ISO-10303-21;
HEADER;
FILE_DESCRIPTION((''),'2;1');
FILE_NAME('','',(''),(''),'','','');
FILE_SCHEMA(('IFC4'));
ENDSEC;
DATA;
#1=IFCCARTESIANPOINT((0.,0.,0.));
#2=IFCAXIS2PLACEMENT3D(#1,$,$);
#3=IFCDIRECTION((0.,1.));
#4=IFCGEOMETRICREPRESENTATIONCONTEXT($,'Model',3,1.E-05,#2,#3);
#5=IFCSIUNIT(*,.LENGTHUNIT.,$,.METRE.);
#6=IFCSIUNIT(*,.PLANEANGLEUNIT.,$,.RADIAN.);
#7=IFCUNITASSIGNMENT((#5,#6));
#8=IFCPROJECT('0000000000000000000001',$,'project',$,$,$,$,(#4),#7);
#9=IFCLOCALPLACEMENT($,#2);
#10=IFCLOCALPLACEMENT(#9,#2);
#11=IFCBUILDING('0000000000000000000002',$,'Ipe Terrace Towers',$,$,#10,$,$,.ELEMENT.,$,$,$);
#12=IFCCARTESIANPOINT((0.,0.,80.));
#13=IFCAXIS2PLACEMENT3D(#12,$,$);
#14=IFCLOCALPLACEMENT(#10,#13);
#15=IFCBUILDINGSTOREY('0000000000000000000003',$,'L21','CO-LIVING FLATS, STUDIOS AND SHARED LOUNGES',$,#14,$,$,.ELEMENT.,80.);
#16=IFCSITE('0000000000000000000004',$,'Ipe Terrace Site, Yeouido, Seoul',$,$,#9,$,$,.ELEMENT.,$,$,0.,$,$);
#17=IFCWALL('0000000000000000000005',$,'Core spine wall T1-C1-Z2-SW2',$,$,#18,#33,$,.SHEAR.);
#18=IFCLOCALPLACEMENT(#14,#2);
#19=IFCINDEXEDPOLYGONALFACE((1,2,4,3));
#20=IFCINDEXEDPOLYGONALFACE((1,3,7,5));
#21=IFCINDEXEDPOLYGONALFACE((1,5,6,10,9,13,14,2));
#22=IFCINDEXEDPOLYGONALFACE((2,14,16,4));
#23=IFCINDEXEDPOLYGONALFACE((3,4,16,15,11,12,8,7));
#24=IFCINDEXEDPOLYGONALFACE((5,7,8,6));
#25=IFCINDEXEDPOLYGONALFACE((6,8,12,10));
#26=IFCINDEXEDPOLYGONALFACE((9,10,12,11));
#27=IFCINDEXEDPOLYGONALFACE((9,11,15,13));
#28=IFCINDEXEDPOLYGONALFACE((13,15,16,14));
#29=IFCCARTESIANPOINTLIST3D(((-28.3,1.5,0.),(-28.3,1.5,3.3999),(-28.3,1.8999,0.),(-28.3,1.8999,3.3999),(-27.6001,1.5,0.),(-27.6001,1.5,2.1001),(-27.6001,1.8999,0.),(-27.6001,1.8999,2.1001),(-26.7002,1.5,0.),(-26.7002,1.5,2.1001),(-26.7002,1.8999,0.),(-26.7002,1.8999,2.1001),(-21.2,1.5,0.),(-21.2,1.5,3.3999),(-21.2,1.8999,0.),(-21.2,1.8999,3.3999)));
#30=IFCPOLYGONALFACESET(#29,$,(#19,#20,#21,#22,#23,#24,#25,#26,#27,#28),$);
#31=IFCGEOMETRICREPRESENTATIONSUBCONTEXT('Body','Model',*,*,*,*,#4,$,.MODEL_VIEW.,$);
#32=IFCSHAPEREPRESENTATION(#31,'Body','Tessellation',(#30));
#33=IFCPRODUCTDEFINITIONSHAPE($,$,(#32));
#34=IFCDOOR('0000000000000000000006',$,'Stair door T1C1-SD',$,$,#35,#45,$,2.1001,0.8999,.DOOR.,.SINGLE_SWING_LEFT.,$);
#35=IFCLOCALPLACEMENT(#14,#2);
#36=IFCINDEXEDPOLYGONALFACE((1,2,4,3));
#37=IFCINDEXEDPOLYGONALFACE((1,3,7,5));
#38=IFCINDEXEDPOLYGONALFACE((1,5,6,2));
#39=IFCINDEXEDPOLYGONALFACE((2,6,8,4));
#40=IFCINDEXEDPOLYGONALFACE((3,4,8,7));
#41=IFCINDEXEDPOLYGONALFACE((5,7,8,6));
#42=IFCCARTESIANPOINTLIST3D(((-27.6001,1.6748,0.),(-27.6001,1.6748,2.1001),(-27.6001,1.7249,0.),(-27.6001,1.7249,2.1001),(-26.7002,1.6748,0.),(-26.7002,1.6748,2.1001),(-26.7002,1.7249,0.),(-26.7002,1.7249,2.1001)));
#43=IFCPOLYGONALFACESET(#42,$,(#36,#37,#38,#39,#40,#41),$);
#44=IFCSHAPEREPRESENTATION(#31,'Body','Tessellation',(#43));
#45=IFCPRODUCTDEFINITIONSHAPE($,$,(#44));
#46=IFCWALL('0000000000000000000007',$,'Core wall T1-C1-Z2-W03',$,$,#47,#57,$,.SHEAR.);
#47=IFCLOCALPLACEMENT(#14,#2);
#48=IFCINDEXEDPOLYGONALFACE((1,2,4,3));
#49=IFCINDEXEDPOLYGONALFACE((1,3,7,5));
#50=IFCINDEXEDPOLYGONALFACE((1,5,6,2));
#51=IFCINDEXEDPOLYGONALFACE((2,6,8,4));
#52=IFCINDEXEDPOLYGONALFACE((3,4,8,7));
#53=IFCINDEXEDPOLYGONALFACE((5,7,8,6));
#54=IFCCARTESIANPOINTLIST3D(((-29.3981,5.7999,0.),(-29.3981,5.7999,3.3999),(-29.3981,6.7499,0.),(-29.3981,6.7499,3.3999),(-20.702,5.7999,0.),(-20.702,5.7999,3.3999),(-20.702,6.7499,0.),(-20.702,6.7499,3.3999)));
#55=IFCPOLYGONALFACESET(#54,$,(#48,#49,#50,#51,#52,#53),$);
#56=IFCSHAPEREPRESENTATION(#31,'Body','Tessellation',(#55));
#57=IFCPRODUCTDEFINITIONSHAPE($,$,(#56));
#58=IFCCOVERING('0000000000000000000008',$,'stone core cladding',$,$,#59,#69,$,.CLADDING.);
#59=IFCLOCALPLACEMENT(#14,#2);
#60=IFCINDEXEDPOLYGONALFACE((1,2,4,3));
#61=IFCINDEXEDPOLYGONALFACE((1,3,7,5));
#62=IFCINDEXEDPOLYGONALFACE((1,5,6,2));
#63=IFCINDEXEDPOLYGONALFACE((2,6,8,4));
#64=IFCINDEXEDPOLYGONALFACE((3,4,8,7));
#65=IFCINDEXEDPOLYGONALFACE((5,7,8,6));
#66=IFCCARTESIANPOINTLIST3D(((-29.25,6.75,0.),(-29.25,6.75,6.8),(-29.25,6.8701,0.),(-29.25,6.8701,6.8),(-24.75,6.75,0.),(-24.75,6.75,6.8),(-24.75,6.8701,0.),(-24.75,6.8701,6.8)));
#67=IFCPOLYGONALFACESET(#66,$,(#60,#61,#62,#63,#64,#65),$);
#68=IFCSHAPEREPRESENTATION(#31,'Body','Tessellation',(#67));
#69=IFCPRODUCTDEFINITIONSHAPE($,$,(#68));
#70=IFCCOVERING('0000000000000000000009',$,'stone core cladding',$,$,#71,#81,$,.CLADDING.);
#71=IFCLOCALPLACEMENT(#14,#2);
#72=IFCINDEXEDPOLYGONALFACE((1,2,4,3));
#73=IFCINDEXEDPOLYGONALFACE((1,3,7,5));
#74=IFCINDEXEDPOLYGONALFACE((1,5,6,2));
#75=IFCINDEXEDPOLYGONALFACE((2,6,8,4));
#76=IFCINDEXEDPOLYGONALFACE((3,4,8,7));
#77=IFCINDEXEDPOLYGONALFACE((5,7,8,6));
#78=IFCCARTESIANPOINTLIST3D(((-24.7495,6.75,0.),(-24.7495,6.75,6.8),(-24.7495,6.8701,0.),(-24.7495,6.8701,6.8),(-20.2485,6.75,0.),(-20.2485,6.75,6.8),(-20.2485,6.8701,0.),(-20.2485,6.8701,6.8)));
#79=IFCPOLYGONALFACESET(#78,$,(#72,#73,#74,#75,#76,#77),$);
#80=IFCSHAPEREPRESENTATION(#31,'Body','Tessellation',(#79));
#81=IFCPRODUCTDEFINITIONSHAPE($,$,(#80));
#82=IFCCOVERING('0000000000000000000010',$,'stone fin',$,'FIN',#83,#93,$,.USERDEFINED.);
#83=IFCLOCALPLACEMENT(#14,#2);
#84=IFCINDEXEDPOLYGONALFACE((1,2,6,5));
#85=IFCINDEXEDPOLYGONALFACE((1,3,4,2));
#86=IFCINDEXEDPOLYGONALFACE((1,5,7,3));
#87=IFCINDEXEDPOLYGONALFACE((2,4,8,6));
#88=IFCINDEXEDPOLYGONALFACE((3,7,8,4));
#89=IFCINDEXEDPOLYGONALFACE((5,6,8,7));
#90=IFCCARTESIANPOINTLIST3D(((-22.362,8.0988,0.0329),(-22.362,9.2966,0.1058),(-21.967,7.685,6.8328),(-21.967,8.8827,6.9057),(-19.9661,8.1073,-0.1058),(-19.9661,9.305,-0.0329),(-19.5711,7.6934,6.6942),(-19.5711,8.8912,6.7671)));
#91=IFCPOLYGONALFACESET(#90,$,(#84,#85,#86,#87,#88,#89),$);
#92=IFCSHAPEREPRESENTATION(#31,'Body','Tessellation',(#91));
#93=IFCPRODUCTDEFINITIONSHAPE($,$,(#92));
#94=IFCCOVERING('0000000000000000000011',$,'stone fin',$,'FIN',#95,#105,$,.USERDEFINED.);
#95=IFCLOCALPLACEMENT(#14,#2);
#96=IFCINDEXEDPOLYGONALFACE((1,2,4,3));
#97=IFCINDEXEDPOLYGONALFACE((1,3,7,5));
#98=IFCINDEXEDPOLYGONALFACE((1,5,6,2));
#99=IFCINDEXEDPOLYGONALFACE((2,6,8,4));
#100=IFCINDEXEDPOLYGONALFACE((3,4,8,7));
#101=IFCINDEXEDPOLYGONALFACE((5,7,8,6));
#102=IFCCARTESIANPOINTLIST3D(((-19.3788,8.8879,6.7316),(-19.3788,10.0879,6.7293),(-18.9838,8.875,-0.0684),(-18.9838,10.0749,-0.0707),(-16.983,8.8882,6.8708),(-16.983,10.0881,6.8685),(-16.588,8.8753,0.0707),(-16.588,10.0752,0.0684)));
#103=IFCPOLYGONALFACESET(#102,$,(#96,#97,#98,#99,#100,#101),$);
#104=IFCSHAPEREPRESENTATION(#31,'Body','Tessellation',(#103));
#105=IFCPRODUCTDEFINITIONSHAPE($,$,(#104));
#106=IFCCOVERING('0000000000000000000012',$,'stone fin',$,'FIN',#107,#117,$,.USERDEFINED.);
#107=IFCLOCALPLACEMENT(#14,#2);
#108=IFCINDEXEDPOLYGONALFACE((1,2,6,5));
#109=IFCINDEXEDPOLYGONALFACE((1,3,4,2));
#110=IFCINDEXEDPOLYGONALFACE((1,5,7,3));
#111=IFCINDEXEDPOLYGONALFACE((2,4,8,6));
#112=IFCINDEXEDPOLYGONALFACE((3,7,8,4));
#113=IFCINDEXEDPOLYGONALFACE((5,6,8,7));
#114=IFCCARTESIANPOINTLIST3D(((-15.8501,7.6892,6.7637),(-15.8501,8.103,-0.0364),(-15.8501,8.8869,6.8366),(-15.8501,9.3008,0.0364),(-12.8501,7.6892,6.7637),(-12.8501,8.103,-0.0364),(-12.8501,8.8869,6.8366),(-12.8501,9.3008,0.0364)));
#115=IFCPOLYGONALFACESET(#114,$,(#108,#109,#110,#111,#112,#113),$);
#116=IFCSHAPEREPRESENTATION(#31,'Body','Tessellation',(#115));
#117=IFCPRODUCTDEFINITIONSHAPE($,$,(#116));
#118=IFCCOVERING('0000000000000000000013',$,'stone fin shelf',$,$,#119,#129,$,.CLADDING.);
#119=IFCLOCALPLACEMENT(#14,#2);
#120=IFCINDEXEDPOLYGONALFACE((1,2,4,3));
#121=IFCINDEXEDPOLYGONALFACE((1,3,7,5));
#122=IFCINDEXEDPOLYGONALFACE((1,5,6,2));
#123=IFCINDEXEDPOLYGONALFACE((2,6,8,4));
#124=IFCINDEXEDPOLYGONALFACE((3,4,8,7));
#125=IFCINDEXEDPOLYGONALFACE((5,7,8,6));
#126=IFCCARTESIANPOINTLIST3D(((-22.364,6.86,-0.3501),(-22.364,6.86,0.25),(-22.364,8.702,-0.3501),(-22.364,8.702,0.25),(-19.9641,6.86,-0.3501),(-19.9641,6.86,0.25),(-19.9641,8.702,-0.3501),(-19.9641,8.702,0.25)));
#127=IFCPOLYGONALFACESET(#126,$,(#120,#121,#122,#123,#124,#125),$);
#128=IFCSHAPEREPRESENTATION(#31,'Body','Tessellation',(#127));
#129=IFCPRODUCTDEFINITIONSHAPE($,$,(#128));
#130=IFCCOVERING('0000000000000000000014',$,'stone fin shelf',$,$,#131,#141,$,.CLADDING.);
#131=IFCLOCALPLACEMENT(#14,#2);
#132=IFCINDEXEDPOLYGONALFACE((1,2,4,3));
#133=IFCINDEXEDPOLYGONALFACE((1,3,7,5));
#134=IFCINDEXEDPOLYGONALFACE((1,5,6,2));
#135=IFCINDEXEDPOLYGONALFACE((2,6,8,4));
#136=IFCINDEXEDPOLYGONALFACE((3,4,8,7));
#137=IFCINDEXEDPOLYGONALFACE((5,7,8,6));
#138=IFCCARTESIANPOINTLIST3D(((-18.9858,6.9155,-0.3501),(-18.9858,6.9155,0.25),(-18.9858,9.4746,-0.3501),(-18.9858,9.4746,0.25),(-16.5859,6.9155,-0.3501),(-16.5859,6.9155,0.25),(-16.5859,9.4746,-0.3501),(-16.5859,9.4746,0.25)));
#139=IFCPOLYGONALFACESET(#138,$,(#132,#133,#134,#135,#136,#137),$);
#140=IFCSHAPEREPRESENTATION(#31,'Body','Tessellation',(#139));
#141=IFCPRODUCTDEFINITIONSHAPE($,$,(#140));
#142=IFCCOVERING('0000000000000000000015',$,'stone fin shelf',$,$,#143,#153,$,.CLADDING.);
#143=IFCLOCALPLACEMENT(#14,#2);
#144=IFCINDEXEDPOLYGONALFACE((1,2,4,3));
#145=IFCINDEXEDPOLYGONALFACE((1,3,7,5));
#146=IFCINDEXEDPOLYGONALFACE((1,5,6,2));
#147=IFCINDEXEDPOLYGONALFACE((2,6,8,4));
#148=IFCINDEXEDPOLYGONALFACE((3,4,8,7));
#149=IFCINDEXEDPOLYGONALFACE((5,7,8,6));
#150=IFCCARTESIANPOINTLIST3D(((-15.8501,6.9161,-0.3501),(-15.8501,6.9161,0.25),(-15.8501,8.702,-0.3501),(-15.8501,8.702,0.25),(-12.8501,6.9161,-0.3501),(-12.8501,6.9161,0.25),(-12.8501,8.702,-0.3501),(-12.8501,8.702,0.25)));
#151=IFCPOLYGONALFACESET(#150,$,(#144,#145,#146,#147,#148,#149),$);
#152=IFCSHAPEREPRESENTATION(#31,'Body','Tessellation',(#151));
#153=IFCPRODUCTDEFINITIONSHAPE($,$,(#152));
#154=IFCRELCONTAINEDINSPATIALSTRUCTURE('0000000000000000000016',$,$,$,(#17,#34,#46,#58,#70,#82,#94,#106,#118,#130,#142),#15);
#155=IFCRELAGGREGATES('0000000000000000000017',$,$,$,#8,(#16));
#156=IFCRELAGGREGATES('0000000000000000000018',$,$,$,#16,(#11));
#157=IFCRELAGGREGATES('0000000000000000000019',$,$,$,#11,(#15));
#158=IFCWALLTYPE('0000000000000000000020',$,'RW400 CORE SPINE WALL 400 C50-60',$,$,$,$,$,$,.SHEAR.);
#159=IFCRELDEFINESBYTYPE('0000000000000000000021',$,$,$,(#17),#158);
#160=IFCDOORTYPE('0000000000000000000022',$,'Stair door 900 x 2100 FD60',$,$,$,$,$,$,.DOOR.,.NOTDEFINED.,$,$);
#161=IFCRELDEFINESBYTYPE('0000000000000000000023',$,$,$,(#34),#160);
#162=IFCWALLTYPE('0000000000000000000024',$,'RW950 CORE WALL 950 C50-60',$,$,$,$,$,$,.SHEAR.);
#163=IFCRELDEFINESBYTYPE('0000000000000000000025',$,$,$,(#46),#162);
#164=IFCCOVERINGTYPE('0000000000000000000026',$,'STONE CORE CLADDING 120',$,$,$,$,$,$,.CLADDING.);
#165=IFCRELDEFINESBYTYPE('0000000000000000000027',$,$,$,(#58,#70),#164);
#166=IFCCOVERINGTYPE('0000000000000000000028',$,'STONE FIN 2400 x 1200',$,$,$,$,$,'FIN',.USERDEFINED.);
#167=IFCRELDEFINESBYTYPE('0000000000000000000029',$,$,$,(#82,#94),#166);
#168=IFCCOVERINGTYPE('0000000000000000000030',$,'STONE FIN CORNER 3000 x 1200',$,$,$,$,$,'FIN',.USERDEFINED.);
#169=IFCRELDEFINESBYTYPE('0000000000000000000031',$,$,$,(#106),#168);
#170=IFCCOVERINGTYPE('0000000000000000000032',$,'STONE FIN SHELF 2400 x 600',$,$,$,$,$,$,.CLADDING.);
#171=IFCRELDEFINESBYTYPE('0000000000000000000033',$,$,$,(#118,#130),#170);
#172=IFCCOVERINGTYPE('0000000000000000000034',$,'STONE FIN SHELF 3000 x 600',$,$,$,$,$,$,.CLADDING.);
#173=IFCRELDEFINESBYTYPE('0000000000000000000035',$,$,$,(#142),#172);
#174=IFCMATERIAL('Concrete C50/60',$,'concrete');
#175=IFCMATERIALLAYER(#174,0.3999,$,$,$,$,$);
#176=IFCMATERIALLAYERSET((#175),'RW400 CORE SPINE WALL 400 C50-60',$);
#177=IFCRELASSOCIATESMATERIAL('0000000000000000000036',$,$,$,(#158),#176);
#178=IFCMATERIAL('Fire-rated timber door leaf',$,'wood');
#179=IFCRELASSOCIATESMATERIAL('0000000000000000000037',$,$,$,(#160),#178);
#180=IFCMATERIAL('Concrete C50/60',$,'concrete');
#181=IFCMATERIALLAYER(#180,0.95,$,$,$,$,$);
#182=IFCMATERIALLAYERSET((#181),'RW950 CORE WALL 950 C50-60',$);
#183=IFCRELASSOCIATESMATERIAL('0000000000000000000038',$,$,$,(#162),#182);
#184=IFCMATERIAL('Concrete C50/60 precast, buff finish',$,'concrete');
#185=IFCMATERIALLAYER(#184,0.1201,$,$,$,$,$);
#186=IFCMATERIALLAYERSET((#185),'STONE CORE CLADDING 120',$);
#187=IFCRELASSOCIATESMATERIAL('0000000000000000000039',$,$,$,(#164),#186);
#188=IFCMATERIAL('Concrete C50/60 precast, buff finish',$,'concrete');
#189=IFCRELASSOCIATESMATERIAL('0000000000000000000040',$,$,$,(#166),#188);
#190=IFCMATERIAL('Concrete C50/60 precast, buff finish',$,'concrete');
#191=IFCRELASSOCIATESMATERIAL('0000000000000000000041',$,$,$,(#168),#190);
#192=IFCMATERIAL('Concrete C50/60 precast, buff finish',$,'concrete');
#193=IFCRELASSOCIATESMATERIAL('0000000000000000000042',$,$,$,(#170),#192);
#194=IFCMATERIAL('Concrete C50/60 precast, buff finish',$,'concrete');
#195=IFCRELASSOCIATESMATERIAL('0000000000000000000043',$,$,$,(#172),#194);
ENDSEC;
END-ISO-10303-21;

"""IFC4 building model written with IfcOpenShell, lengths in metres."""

from ifc_helpers import new_model, si_unit, direction, frame, frame_2d, origin, origin_2d, place, context, subcontext, project, spatial, rectangle, extrude, material, layer, layer_set, material_profile, profile_set, type_object, element, fill, save


model = new_model("IFC4")

# Units and contexts
model_context = context("Model", 3, precision=1e-05, world=origin(), true_north=direction((0.0, 1.0)))
body_context = subcontext(model_context, "Body", "Model", "MODEL_VIEW")
ifc_project = project(units=[si_unit("LENGTHUNIT", "METRE"), si_unit("PLANEANGLEUNIT", "RADIAN")], contexts=[model_context])

# Site, building, storey
site_placement = place(None, origin())
site = spatial("IfcSite", under=ifc_project, at=site_placement, Name="Ipe Terrace Site, Yeouido, Seoul", CompositionType="ELEMENT", RefElevation=0.0)
building_placement = place(site_placement, origin())
building = spatial("IfcBuilding", under=site, at=building_placement, Name="Ipe Terrace Towers", CompositionType="ELEMENT")
storey_placement = place(building_placement, frame((0.0, 0.0, 80.0)))
storey = spatial("IfcBuildingStorey", under=building, at=storey_placement, Name="L21", Description="CO-LIVING FLATS, STUDIOS AND SHARED LOUNGES", CompositionType="ELEMENT", Elevation=80.0)

# Wall, opening, door
ifc_material_1 = material(Name="Concrete C50/60", Category="concrete")
ifc_layer_1 = layer(ifc_material_1, 0.3999)
ifc_layer_set_1 = layer_set([ifc_layer_1], Name="RW400 CORE SPINE WALL 400 C50-60")
wall_type_1 = type_object("IfcWallType", Name="RW400 CORE SPINE WALL 400 C50-60", PredefinedType="SHEAR", material=ifc_layer_set_1)
wall_1_placement = place(storey_placement, frame((-28.3, 1.7, 0.0), z_axis=(0.0, 0.0, 1.0), x_axis=(1.0, 0.0, 0.0)))
wall_1 = element("IfcWall", 1, at=wall_1_placement, inside=storey, type_object=wall_type_1, Name="Core spine wall T1-C1-Z2-SW2", PredefinedType="SHEAR", context=body_context, shape_type="SweptSolid", body=[
    extrude(rectangle(XDim=7.1001, YDim=0.3999, at=frame_2d((3.55, 0.0))), origin(), (0.0, 0.0, 1.0), 3.3999),
])
opening_1_placement = place(wall_1_placement, frame((0.7, 0.0, 0.0)))
opening_1 = element("IfcOpeningElement", 2, at=opening_1_placement, cuts=wall_1, PredefinedType="OPENING", context=body_context, shape_type="SweptSolid", body=[
    extrude(rectangle(XDim=0.8999, YDim=2.1001, at=frame_2d((0.45, 1.05))), frame((0.0, 0.21, 0.0), z_axis=(0.0, -1.0, 0.0), x_axis=(1.0, 0.0, 0.0)), (0.0, 0.0, 1.0), 0.4199),
])
ifc_material_2 = material(Name="Fire-rated timber door leaf", Category="wood")
door_type_1 = type_object("IfcDoorType", Name="Stair door 900 x 2100 FD60", OperationType="NOTDEFINED", PredefinedType="DOOR", material=ifc_material_2)
door_1_placement = place(opening_1_placement, origin())
door_1 = element("IfcDoor", 3, at=door_1_placement, inside=storey, type_object=door_type_1, Name="Stair door T1C1-SD", OperationType="SINGLE_SWING_LEFT", OverallHeight=2.1001, OverallWidth=0.8999, PredefinedType="DOOR", context=body_context, shape_type="SweptSolid", body=[
    extrude(rectangle(XDim=0.8999, YDim=2.1001, at=frame_2d((0.45, 1.05))), frame((0.0, 0.0249, 0.0), z_axis=(0.0, -1.0, 0.0), x_axis=(1.0, 0.0, 0.0)), (0.0, 0.0, 1.0), 0.05),
])
fill(opening_1, door_1)

# Wall
ifc_material_3 = material(Name="Concrete C50/60", Category="concrete")
ifc_layer_2 = layer(ifc_material_3, 0.95)
ifc_layer_set_2 = layer_set([ifc_layer_2], Name="RW950 CORE WALL 950 C50-60")
wall_type_2 = type_object("IfcWallType", Name="RW950 CORE WALL 950 C50-60", PredefinedType="SHEAR", material=ifc_layer_set_2)
wall_2_placement = place(storey_placement, frame((-20.7019, 6.2749, 0.0), z_axis=(0.0, 0.0, 1.0), x_axis=(-1.0, 0.0, 0.0)))
element("IfcWall", 4, at=wall_2_placement, inside=storey, type_object=wall_type_2, Name="Core wall T1-C1-Z2-W03", PredefinedType="SHEAR", context=body_context, shape_type="SweptSolid", body=[
    extrude(rectangle(XDim=8.696, YDim=0.95, at=frame_2d((4.3481, 0.0))), origin(), (0.0, 0.0, 1.0), 3.3999),
])

# Coverings
ifc_material_4 = material(Name="Concrete C50/60 precast, buff finish", Category="concrete")
ifc_layer_3 = layer(ifc_material_4, 0.1201)
ifc_layer_set_3 = layer_set([ifc_layer_3], Name="STONE CORE CLADDING 120")
covering_type_1 = type_object("IfcCoveringType", Name="STONE CORE CLADDING 120", PredefinedType="CLADDING", material=ifc_layer_set_3)
covering_1_placement = place(storey_placement, frame((-27.0, 6.8101, 0.0), z_axis=(0.0, 0.0, 1.0), x_axis=(-1.0, 0.0, 0.0)))
element("IfcCovering", 5, at=covering_1_placement, inside=storey, type_object=covering_type_1, Name="stone core cladding", PredefinedType="CLADDING", context=body_context, shape_type="SweptSolid", body=[
    extrude(rectangle(XDim=4.5, YDim=0.1201, at=origin_2d()), origin(), (0.0, 0.0, 1.0), 6.8),
])
covering_2_placement = place(storey_placement, frame((-22.499, 6.8101, 0.0), z_axis=(0.0, 0.0, 1.0), x_axis=(-1.0, 0.0, 0.0)))
element("IfcCovering", 6, at=covering_2_placement, inside=storey, type_object=covering_type_1, Name="stone core cladding", PredefinedType="CLADDING", context=body_context, shape_type="SweptSolid", body=[
    extrude(rectangle(XDim=4.501, YDim=0.1201, at=origin_2d()), origin(), (0.0, 0.0, 1.0), 6.8),
])
ifc_material_5 = material(Name="Concrete C50/60 precast, buff finish", Category="concrete")
ifc_material_profile_1 = material_profile(ifc_material_5, rectangle(XDim=2.3999, YDim=1.2, at=origin_2d()), Name="STONE FIN 2400 x 1200")
ifc_profile_set_1 = profile_set([ifc_material_profile_1], Name="Concrete C50/60 precast, buff finish")
covering_type_2 = type_object("IfcCoveringType", Name="STONE FIN 2400 x 1200", ElementType="FIN", PredefinedType="USERDEFINED", material=ifc_profile_set_1)
covering_3_placement = place(storey_placement, frame((-21.1641, 8.7019, 0.0), z_axis=(0.057886, -0.060641, 0.99648), x_axis=(-0.998323, -0.003516, 0.057779)))
element("IfcCovering", 7, at=covering_3_placement, inside=storey, type_object=covering_type_2, Name="stone fin", ObjectType="FIN", PredefinedType="USERDEFINED", context=body_context, shape_type="SweptSolid", body=[
    extrude(rectangle(XDim=2.3999, YDim=1.2, at=origin_2d()), origin(), (0.0, 0.0, 1.0), 6.824),
])
covering_4_placement = place(storey_placement, frame((-17.7859, 9.4751, 0.0), z_axis=(-0.057993, 0.0019, 0.998315), x_axis=(-0.998317, -0.00011, -0.057993)))
element("IfcCovering", 8, at=covering_4_placement, inside=storey, type_object=covering_type_2, Name="stone fin", ObjectType="FIN", PredefinedType="USERDEFINED", context=body_context, shape_type="SweptSolid", body=[
    extrude(rectangle(XDim=2.3999, YDim=1.2, at=origin_2d()), origin(), (0.0, 0.0, 1.0), 6.8115),
])
ifc_material_6 = material(Name="Concrete C50/60 precast, buff finish", Category="concrete")
ifc_material_profile_2 = material_profile(ifc_material_6, rectangle(XDim=3.0, YDim=1.2, at=origin_2d()), Name="STONE FIN CORNER 3000 x 1200")
ifc_profile_set_2 = profile_set([ifc_material_profile_2], Name="Concrete C50/60 precast, buff finish")
covering_type_3 = type_object("IfcCoveringType", Name="STONE FIN CORNER 3000 x 1200", ElementType="FIN", PredefinedType="USERDEFINED", material=ifc_profile_set_2)
covering_5_placement = place(storey_placement, frame((-14.3501, 8.7019, 0.0), z_axis=(0.0, -0.060743, 0.998153), x_axis=(-1.0, 0.0, 0.0)))
element("IfcCovering", 9, at=covering_5_placement, inside=storey, type_object=covering_type_3, Name="stone fin", ObjectType="FIN", PredefinedType="USERDEFINED", context=body_context, shape_type="SweptSolid", body=[
    extrude(rectangle(XDim=3.0, YDim=1.2, at=origin_2d()), origin(), (0.0, 0.0, 1.0), 6.8127),
])
ifc_material_7 = material(Name="Concrete C50/60 precast, buff finish", Category="concrete")
covering_type_4 = type_object("IfcCoveringType", Name="STONE FIN SHELF 2400 x 600", PredefinedType="CLADDING", material=ifc_material_7)
covering_6_placement = place(storey_placement, frame((-21.1641, 7.781, -0.3501), z_axis=(0.0, 0.0, 1.0), x_axis=(-1.0, 0.0, 0.0)))
element("IfcCovering", 10, at=covering_6_placement, inside=storey, type_object=covering_type_4, Name="stone fin shelf", PredefinedType="CLADDING", context=body_context, shape_type="SweptSolid", body=[
    extrude(rectangle(XDim=2.3999, YDim=1.842, at=origin_2d()), origin(), (0.0, 0.0, 1.0), 0.6001),
])
covering_7_placement = place(storey_placement, frame((-17.7859, 8.1951, -0.3501), z_axis=(0.0, 0.0, 1.0), x_axis=(-1.0, 0.0, 0.0)))
element("IfcCovering", 11, at=covering_7_placement, inside=storey, type_object=covering_type_4, Name="stone fin shelf", PredefinedType="CLADDING", context=body_context, shape_type="SweptSolid", body=[
    extrude(rectangle(XDim=2.3999, YDim=2.5591, at=origin_2d()), origin(), (0.0, 0.0, 1.0), 0.6001),
])
ifc_material_8 = material(Name="Concrete C50/60 precast, buff finish", Category="concrete")
covering_type_5 = type_object("IfcCoveringType", Name="STONE FIN SHELF 3000 x 600", PredefinedType="CLADDING", material=ifc_material_8)
covering_8_placement = place(storey_placement, frame((-14.3501, 7.8091, -0.3501), z_axis=(0.0, 0.0, 1.0), x_axis=(-1.0, 0.0, 0.0)))
element("IfcCovering", 12, at=covering_8_placement, inside=storey, type_object=covering_type_5, Name="stone fin shelf", PredefinedType="CLADDING", context=body_context, shape_type="SweptSolid", body=[
    extrude(rectangle(XDim=3.0, YDim=1.7859, at=origin_2d()), origin(), (0.0, 0.0, 1.0), 0.6001),
])

save(model, "model.ifc")
